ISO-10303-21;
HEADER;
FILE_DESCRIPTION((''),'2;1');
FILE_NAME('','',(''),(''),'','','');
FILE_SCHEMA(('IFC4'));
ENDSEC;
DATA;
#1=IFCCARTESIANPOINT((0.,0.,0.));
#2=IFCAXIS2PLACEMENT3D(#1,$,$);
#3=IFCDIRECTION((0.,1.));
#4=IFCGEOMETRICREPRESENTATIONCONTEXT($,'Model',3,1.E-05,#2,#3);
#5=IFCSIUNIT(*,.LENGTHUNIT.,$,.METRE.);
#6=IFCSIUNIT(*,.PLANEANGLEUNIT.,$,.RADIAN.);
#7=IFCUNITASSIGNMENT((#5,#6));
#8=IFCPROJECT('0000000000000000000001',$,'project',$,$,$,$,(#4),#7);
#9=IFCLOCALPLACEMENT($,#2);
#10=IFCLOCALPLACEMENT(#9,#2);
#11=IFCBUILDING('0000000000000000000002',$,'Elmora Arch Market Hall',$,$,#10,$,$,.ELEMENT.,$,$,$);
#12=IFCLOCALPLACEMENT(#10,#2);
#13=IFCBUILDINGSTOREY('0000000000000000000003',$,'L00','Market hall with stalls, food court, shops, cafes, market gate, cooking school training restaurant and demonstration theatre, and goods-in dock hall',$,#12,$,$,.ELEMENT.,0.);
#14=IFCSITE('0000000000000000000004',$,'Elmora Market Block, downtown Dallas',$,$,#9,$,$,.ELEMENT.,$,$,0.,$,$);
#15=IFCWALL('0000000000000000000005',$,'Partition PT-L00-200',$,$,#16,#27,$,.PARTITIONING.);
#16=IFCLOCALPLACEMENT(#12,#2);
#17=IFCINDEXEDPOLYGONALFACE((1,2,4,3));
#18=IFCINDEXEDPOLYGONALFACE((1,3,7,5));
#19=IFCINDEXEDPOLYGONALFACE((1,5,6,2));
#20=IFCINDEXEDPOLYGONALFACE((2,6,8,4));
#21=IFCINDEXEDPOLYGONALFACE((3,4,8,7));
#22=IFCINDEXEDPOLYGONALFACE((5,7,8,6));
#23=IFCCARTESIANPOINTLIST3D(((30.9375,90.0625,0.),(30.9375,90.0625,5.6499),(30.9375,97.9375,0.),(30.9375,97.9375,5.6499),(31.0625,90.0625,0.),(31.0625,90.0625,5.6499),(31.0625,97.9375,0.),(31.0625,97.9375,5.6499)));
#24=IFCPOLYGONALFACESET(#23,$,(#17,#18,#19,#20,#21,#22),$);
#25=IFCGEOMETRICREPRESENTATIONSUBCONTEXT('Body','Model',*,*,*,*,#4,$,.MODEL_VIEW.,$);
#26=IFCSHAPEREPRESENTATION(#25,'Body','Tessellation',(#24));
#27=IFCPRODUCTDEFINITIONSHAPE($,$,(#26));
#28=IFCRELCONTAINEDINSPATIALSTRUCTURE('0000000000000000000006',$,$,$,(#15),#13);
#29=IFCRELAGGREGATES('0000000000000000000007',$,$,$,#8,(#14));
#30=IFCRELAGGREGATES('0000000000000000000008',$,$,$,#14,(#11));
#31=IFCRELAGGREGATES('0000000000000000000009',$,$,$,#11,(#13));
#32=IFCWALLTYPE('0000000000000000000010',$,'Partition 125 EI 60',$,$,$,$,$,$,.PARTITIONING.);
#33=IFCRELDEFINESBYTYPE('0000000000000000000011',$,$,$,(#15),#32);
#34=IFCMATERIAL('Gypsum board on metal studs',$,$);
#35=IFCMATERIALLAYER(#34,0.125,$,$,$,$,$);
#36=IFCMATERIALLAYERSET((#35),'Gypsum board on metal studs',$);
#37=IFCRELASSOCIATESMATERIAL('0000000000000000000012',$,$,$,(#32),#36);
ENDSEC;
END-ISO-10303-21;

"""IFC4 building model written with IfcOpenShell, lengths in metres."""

from ifc_helpers import new_model, si_unit, direction, frame, frame_2d, origin, place, context, subcontext, project, spatial, rectangle, extrude, material, layer, layer_set, type_object, element, save


model = new_model("IFC4")

# Units and contexts
model_context = context("Model", 3, precision=1e-05, world=origin(), true_north=direction((0.0, 1.0)))
body_context = subcontext(model_context, "Body", "Model", "MODEL_VIEW")
ifc_project = project(units=[si_unit("LENGTHUNIT", "METRE"), si_unit("PLANEANGLEUNIT", "RADIAN")], contexts=[model_context])

# Site, building, storey
site_placement = place(None, origin())
site = spatial("IfcSite", under=ifc_project, at=site_placement, Name="Elmora Market Block, downtown Dallas", CompositionType="ELEMENT", RefElevation=0.0)
building_placement = place(site_placement, origin())
building = spatial("IfcBuilding", under=site, at=building_placement, Name="Elmora Arch Market Hall", CompositionType="ELEMENT")
storey_placement = place(building_placement, origin())
storey = spatial("IfcBuildingStorey", under=building, at=storey_placement, Name="L00", Description="Market hall with stalls, food court, shops, cafes, market gate, cooking school training restaurant and demonstration theatre, and goods-in dock hall", CompositionType="ELEMENT", Elevation=0.0)

# Wall
ifc_material_1 = material(Name="Gypsum board on metal studs")
ifc_layer_1 = layer(ifc_material_1, 0.125)
ifc_layer_set_1 = layer_set([ifc_layer_1], Name="Gypsum board on metal studs")
wall_type_1 = type_object("IfcWallType", Name="Partition 125 EI 60", PredefinedType="PARTITIONING", material=ifc_layer_set_1)
wall_1_placement = place(storey_placement, frame((31.0, 90.0625, 0.0), z_axis=(0.0, 0.0, 1.0), x_axis=(0.0, 1.0, 0.0)))
element("IfcWall", 1, at=wall_1_placement, inside=storey, type_object=wall_type_1, Name="Partition PT-L00-200", PredefinedType="PARTITIONING", context=body_context, shape_type="SweptSolid", body=[
    extrude(rectangle(XDim=7.875, YDim=0.125, at=frame_2d((3.9375, 0.0))), origin(), (0.0, 0.0, 1.0), 5.6499),
])

save(model, "model.ifc")
